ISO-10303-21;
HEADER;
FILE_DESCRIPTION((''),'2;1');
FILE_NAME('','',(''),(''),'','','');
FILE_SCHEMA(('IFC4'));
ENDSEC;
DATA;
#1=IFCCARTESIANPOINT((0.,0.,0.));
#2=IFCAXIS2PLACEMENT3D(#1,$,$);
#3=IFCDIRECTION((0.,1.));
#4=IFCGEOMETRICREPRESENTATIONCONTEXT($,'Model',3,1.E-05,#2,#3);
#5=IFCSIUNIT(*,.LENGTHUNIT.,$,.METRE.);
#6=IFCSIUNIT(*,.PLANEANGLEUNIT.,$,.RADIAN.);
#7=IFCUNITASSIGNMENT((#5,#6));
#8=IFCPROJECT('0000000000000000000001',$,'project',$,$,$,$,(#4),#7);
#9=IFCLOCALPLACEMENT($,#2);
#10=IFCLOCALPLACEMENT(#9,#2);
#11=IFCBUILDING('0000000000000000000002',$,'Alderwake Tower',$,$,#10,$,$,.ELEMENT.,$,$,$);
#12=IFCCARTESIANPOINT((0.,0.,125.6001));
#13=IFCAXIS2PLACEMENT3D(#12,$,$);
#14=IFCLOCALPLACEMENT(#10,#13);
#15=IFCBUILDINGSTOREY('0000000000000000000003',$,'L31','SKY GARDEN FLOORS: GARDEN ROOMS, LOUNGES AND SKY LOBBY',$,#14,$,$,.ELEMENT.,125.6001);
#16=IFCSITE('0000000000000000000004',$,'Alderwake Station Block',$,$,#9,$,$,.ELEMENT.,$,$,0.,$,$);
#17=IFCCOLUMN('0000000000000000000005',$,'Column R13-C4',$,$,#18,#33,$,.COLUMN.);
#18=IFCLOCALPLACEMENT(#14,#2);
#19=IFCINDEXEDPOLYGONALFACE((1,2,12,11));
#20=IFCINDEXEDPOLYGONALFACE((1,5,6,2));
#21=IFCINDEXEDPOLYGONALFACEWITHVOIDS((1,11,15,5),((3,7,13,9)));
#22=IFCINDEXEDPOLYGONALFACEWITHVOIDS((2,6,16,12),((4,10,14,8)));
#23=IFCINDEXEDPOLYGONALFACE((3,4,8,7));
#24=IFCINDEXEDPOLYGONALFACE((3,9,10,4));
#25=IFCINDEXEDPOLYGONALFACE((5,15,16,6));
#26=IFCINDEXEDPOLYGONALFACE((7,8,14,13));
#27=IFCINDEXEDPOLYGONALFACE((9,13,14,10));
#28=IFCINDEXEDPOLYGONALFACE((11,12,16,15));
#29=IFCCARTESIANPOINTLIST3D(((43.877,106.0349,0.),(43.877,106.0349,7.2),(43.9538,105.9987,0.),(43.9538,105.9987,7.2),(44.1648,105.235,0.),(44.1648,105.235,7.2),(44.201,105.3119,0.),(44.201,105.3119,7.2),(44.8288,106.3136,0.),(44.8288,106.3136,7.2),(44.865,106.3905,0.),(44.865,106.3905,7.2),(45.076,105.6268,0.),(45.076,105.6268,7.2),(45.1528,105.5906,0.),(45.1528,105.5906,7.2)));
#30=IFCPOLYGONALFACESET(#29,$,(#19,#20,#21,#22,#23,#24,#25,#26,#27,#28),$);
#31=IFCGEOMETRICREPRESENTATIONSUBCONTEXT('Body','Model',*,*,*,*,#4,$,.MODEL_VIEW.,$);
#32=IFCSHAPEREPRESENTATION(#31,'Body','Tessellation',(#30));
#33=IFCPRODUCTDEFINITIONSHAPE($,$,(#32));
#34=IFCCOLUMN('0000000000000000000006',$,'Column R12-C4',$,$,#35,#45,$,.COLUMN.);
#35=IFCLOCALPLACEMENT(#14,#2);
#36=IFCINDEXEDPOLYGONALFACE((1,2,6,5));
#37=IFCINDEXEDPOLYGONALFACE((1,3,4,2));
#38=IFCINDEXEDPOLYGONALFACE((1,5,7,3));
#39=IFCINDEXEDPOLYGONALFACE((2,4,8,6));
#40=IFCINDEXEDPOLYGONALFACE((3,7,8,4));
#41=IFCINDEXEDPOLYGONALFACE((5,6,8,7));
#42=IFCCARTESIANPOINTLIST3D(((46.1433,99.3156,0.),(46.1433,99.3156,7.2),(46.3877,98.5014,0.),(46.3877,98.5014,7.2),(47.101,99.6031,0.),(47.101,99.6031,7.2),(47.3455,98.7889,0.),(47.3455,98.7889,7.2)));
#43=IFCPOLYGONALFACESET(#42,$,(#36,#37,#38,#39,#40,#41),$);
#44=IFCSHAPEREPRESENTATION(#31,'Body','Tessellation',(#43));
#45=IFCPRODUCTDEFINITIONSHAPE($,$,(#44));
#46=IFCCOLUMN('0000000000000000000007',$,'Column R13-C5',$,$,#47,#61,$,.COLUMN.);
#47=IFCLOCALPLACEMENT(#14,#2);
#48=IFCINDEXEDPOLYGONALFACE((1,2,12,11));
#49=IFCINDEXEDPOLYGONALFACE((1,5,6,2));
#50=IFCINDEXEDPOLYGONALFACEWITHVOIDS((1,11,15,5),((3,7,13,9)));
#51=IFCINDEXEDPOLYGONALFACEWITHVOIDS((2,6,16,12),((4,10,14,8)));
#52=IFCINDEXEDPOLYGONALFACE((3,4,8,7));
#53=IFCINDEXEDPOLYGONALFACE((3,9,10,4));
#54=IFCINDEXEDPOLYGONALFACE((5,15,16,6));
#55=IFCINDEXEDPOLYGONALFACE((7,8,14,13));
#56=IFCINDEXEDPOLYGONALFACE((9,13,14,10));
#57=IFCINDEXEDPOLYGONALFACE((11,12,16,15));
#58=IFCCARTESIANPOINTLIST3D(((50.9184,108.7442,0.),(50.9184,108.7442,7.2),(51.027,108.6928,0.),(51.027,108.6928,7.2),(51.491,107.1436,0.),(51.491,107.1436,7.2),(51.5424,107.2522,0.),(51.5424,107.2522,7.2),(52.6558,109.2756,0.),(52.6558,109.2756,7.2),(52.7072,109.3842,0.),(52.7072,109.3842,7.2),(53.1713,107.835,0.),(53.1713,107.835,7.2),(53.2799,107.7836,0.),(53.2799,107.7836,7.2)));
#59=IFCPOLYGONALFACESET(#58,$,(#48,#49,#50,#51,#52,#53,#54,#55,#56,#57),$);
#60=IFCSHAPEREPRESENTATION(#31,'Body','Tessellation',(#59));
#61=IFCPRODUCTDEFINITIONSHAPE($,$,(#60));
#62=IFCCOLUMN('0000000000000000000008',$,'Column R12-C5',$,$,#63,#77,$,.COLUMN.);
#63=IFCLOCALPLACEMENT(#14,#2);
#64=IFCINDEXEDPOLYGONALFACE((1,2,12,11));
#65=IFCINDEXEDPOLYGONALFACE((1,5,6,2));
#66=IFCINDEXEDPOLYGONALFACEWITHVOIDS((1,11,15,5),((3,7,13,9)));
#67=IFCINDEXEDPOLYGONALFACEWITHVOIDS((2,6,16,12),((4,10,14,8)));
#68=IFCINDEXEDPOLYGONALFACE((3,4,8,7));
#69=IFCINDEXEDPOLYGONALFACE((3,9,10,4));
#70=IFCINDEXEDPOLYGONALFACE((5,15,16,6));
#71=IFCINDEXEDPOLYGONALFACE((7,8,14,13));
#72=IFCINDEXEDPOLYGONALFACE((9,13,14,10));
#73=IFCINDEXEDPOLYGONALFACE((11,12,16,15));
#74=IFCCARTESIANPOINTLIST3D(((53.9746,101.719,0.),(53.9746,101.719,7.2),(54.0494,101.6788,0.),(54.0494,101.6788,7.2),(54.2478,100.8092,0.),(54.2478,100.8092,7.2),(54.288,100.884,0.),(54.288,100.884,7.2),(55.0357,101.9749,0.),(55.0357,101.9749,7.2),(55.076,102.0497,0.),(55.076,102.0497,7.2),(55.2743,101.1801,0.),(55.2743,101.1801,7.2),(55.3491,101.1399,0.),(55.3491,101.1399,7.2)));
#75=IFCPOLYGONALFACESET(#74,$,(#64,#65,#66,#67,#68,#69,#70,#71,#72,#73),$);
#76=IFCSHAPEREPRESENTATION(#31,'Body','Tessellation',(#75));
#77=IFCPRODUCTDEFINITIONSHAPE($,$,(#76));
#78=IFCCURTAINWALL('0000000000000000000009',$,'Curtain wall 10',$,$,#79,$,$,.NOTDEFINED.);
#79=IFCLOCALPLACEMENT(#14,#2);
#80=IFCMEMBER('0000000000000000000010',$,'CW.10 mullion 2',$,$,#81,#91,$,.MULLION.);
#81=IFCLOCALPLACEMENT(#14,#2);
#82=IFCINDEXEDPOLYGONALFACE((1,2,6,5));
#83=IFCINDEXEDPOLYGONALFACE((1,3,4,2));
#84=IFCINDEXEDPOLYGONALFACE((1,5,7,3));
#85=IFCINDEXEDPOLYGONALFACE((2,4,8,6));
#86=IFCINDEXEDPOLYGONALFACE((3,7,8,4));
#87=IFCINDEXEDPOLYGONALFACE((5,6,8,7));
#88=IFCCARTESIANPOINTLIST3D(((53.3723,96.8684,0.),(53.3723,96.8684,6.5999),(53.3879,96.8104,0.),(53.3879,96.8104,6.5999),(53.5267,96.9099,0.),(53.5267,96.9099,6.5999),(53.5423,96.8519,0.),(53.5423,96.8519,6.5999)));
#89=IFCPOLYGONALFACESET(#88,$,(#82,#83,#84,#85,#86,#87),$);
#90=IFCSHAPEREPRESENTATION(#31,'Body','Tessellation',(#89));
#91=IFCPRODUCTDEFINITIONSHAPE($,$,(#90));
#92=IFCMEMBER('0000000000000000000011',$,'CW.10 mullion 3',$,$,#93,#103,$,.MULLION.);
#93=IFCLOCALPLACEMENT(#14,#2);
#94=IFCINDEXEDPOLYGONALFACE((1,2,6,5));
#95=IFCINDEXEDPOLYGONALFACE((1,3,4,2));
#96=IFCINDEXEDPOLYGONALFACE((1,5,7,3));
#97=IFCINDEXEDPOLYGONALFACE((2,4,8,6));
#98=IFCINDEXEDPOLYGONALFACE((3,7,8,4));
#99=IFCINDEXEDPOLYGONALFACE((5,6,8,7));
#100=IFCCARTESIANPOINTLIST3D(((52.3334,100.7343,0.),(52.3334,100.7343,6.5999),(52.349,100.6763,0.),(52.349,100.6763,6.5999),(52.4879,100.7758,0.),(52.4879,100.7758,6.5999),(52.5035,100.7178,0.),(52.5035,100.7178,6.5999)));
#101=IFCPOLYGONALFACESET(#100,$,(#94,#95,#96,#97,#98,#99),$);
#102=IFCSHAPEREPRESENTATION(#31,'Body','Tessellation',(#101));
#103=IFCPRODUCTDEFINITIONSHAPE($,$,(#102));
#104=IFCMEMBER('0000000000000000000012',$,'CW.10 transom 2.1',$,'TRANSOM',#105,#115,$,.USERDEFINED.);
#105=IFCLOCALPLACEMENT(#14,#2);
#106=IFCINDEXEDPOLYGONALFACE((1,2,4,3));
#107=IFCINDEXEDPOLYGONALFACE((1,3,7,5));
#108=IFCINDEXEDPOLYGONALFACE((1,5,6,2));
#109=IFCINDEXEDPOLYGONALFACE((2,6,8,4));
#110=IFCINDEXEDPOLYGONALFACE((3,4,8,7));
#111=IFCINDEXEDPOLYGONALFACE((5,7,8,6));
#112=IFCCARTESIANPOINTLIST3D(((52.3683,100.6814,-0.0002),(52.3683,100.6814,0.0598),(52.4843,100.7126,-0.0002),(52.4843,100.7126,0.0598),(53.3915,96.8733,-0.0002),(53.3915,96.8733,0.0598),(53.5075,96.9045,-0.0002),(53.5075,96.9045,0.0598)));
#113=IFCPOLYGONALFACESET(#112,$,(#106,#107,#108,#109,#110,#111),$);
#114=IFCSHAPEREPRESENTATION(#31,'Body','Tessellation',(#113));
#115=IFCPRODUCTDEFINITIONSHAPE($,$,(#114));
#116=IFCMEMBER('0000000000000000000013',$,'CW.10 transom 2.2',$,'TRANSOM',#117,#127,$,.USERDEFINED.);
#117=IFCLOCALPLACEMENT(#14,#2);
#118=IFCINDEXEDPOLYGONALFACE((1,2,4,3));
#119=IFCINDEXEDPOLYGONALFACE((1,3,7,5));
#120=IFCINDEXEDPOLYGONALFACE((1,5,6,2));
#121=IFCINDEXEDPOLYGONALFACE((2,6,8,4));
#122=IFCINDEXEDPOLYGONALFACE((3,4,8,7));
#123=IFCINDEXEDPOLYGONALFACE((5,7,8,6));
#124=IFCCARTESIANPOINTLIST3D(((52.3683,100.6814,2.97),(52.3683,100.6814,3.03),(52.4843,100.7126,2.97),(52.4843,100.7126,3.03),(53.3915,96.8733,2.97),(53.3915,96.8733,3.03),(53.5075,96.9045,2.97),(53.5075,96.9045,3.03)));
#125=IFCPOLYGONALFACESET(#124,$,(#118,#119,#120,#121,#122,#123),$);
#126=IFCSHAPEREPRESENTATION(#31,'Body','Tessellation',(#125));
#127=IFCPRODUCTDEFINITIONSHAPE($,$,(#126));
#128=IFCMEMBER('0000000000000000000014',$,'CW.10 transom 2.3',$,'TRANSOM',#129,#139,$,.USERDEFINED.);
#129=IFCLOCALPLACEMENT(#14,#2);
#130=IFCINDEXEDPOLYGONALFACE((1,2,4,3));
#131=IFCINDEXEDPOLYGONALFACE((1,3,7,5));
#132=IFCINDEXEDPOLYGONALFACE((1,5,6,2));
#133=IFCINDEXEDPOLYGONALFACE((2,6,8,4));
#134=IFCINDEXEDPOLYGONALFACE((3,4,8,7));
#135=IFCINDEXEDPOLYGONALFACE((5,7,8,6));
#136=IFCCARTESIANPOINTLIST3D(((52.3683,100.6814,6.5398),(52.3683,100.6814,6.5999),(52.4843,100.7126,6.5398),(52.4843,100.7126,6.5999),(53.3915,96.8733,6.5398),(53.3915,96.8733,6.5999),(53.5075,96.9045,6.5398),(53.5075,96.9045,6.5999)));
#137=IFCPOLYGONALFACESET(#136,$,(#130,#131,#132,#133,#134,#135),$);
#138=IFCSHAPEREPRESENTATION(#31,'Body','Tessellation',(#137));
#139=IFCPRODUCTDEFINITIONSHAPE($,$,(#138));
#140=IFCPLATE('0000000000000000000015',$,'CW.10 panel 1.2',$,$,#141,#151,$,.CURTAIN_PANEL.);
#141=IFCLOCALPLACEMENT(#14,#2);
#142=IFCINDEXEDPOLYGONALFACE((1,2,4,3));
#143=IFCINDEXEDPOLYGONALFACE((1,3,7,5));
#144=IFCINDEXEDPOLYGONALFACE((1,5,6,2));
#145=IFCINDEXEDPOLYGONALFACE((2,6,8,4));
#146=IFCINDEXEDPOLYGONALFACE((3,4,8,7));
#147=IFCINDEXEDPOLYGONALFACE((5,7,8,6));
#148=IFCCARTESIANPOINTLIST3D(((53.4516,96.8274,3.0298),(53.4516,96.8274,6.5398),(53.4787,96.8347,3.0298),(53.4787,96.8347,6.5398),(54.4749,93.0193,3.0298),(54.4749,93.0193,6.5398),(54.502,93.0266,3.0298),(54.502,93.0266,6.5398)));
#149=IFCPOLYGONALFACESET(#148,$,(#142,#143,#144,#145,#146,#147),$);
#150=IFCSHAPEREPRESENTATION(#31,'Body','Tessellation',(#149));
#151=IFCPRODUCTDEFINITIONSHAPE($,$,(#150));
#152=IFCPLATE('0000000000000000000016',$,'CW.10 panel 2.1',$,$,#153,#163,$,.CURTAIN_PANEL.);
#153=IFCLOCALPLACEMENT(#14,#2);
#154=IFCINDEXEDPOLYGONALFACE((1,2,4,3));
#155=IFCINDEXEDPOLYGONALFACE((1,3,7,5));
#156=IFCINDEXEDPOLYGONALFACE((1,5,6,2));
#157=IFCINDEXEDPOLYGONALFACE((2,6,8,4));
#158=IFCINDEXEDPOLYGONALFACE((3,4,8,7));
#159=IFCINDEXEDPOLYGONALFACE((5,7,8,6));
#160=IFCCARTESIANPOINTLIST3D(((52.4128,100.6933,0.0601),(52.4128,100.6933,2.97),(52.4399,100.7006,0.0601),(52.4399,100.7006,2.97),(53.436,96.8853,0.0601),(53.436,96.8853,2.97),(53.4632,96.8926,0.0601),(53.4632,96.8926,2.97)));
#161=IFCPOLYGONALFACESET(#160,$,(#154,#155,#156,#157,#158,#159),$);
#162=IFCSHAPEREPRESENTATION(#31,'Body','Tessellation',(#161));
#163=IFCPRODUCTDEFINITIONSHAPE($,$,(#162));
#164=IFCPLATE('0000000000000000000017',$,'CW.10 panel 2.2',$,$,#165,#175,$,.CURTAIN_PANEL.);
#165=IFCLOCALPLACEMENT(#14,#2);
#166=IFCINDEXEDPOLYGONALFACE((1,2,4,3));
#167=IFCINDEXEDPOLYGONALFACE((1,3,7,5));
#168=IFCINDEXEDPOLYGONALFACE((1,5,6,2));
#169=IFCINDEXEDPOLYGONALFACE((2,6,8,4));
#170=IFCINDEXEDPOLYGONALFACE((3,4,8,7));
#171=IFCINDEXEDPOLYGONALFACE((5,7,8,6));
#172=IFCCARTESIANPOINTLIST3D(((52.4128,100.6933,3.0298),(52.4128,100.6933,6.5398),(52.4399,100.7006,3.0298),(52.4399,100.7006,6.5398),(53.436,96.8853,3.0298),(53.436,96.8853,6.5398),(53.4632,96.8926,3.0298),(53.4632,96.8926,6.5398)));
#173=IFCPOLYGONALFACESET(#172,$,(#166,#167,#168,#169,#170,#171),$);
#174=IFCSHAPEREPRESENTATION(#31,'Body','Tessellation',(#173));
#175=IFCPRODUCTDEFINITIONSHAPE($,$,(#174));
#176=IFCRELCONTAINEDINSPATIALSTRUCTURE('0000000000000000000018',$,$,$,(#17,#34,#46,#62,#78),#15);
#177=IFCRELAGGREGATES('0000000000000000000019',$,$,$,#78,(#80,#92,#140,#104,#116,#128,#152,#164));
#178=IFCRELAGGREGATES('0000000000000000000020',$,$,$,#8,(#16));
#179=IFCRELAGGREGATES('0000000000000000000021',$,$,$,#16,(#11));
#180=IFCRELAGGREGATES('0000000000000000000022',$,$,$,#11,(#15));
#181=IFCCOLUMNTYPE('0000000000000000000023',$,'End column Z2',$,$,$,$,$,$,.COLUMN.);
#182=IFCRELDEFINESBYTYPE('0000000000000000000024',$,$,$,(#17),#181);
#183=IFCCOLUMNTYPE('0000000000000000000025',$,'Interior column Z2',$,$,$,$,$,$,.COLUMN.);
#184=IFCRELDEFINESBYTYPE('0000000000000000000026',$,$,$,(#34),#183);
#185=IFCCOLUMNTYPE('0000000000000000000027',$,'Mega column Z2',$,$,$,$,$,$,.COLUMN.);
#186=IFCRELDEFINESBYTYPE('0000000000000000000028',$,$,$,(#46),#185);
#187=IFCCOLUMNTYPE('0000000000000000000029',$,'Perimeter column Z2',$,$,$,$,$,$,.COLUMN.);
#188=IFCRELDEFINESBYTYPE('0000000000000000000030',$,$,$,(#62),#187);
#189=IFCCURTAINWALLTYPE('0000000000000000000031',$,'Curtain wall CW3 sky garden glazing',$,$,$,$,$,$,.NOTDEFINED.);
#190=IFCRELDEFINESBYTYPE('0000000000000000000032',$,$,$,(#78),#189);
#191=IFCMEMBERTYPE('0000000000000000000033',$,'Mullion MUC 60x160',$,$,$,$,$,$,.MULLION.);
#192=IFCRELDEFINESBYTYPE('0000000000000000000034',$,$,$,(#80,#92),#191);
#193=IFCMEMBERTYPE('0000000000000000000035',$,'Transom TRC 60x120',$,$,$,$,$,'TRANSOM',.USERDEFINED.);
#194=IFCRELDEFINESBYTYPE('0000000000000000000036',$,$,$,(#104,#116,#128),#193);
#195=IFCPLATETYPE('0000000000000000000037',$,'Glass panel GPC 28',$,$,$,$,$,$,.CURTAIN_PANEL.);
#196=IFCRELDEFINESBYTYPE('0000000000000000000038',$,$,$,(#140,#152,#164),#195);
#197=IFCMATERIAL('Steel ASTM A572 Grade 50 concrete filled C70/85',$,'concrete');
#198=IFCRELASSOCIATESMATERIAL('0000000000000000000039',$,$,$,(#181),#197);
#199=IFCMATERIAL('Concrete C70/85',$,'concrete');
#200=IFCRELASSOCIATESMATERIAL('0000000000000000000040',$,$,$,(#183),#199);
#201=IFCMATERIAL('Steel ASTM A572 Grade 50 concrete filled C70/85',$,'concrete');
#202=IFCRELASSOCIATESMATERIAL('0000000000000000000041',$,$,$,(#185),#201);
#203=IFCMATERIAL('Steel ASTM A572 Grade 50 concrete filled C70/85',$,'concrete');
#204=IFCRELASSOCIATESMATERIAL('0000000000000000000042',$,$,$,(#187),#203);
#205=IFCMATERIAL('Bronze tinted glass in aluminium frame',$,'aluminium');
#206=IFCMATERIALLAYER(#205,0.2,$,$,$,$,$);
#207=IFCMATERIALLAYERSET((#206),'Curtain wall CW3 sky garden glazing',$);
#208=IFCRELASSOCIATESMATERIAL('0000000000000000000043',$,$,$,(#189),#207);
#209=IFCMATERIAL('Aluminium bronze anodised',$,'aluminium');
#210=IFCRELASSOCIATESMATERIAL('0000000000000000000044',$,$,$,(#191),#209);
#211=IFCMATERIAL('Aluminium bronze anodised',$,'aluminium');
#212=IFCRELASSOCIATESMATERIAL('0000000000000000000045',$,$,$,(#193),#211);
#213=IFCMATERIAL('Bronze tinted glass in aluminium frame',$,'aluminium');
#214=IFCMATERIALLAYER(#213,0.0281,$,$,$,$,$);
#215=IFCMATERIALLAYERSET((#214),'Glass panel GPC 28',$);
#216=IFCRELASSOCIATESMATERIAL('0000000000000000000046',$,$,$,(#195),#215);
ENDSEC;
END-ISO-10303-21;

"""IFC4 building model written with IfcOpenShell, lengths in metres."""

from ifc_helpers import new_model, si_unit, direction, frame, origin, origin_2d, place, context, subcontext, project, spatial, rectangle, hollow_rectangle, extrude, material, layer, layer_set, material_profile, profile_set, type_object, element, aggregate, save


model = new_model("IFC4")

# Units and contexts
model_context = context("Model", 3, precision=1e-05, world=origin(), true_north=direction((0.0, 1.0)))
body_context = subcontext(model_context, "Body", "Model", "MODEL_VIEW")
ifc_project = project(units=[si_unit("LENGTHUNIT", "METRE"), si_unit("PLANEANGLEUNIT", "RADIAN")], contexts=[model_context])

# Site, building, storey
site_placement = place(None, origin())
site = spatial("IfcSite", under=ifc_project, at=site_placement, Name="Alderwake Station Block", CompositionType="ELEMENT", RefElevation=0.0)
building_placement = place(site_placement, origin())
building = spatial("IfcBuilding", under=site, at=building_placement, Name="Alderwake Tower", CompositionType="ELEMENT")
storey_placement = place(building_placement, frame((0.0, 0.0, 125.6001)))
storey = spatial("IfcBuildingStorey", under=building, at=storey_placement, Name="L31", Description="SKY GARDEN FLOORS: GARDEN ROOMS, LOUNGES AND SKY LOBBY", CompositionType="ELEMENT", Elevation=125.6001)

# Columns
ifc_material_1 = material(Name="Steel ASTM A572 Grade 50 concrete filled C70/85", Category="concrete")
ifc_material_profile_1 = material_profile(ifc_material_1, hollow_rectangle(XDim=0.8501, YDim=1.05, WallThickness=0.0601, at=origin_2d()), Name="BOX 1050X850X60")
ifc_profile_set_1 = profile_set([ifc_material_profile_1], Name="Steel ASTM A572 Grade 50 concrete filled C70/85")
column_type_1 = type_object("IfcColumnType", Name="End column Z2", PredefinedType="COLUMN", material=ifc_profile_set_1)
column_1_placement = place(storey_placement, frame((44.5149, 105.8127, 0.0), z_axis=(0.0, 0.0, 1.0), x_axis=(-0.338634, 0.940918, 0.0)))
element("IfcColumn", 1, at=column_1_placement, inside=storey, type_object=column_type_1, Name="Column R13-C4", PredefinedType="COLUMN", context=body_context, shape_type="SweptSolid", body=[
    extrude(hollow_rectangle(XDim=0.8501, YDim=1.05, WallThickness=0.0601, at=origin_2d()), origin(), (0.0, 0.0, 1.0), 7.2),
])
ifc_material_2 = material(Name="Concrete C70/85", Category="concrete")
ifc_material_profile_2 = material_profile(ifc_material_2, rectangle(XDim=0.8501, YDim=1.0, at=origin_2d()), Name="RC 1000X850")
ifc_profile_set_2 = profile_set([ifc_material_profile_2], Name="Concrete C70/85")
column_type_2 = type_object("IfcColumnType", Name="Interior column Z2", PredefinedType="COLUMN", material=ifc_profile_set_2)
column_2_placement = place(storey_placement, frame((46.7444, 99.0522, 0.0), z_axis=(0.0, 0.0, 1.0), x_axis=(-0.287549, 0.957766, 0.0)))
element("IfcColumn", 2, at=column_2_placement, inside=storey, type_object=column_type_2, Name="Column R12-C4", PredefinedType="COLUMN", context=body_context, shape_type="SweptSolid", body=[
    extrude(rectangle(XDim=0.8501, YDim=1.0, at=origin_2d()), origin(), (0.0, 0.0, 1.0), 7.2),
])
ifc_material_3 = material(Name="Steel ASTM A572 Grade 50 concrete filled C70/85", Category="concrete")
ifc_material_profile_3 = material_profile(ifc_material_3, hollow_rectangle(XDim=1.7, YDim=1.8999, WallThickness=0.085, at=origin_2d()), Name="BOX 1900X1700X85")
ifc_profile_set_3 = profile_set([ifc_material_profile_3], Name="Steel ASTM A572 Grade 50 concrete filled C70/85")
column_type_3 = type_object("IfcColumnType", Name="Mega column Z2", PredefinedType="COLUMN", material=ifc_profile_set_3)
column_3_placement = place(storey_placement, frame((52.0991, 108.2639, 0.0), z_axis=(0.0, 0.0, 1.0), x_axis=(-0.336878, 0.941548, 0.0)))
element("IfcColumn", 3, at=column_3_placement, inside=storey, type_object=column_type_3, Name="Column R13-C5", PredefinedType="COLUMN", context=body_context, shape_type="SweptSolid", body=[
    extrude(hollow_rectangle(XDim=1.7, YDim=1.8999, WallThickness=0.085, at=origin_2d()), origin(), (0.0, 0.0, 1.0), 7.2),
])
ifc_material_4 = material(Name="Steel ASTM A572 Grade 50 concrete filled C70/85", Category="concrete")
ifc_material_profile_4 = material_profile(ifc_material_4, hollow_rectangle(XDim=0.95, YDim=1.1499, WallThickness=0.0601, at=origin_2d()), Name="BOX 1150X950X60")
ifc_profile_set_4 = profile_set([ifc_material_profile_4], Name="Steel ASTM A572 Grade 50 concrete filled C70/85")
column_type_4 = type_object("IfcColumnType", Name="Perimeter column Z2", PredefinedType="COLUMN", material=ifc_profile_set_4)
column_4_placement = place(storey_placement, frame((54.6619, 101.4294, 0.0), z_axis=(0.0, 0.0, 1.0), x_axis=(-0.287549, 0.957766, 0.0)))
element("IfcColumn", 4, at=column_4_placement, inside=storey, type_object=column_type_4, Name="Column R12-C5", PredefinedType="COLUMN", context=body_context, shape_type="SweptSolid", body=[
    extrude(hollow_rectangle(XDim=0.95, YDim=1.1499, WallThickness=0.0601, at=origin_2d()), origin(), (0.0, 0.0, 1.0), 7.2),
])

# Curtain wall, members, plates
ifc_material_5 = material(Name="Bronze tinted glass in aluminium frame", Category="aluminium")
ifc_layer_1 = layer(ifc_material_5, 0.2)
ifc_layer_set_1 = layer_set([ifc_layer_1], Name="Curtain wall CW3 sky garden glazing")
curtain_wall_type = type_object("IfcCurtainWallType", Name="Curtain wall CW3 sky garden glazing", PredefinedType="NOTDEFINED", material=ifc_layer_set_1)
curtain_wall_placement = place(storey_placement, origin())
curtain_wall = element("IfcCurtainWall", 5, at=curtain_wall_placement, inside=storey, type_object=curtain_wall_type, Name="Curtain wall 10", PredefinedType="NOTDEFINED")
ifc_material_6 = material(Name="Aluminium bronze anodised", Category="aluminium")
ifc_material_profile_5 = material_profile(ifc_material_6, rectangle(XDim=0.1599, YDim=0.0601, at=origin_2d()), Name="Mullion MUC 60x160")
ifc_profile_set_5 = profile_set([ifc_material_profile_5], Name="Aluminium bronze anodised")
member_type_1 = type_object("IfcMemberType", Name="Mullion MUC 60x160", PredefinedType="MULLION", material=ifc_profile_set_5)
member_1_placement = place(storey_placement, frame((53.4573, 96.8601, 0.0), z_axis=(0.0, 0.0, 1.0), x_axis=(-0.965743, -0.259499, 0.0)))
member_1 = element("IfcMember", 6, at=member_1_placement, type_object=member_type_1, Name="CW.10 mullion 2", PredefinedType="MULLION", context=body_context, shape_type="SweptSolid", body=[
    extrude(rectangle(XDim=0.1599, YDim=0.0601, at=origin_2d()), origin(), (0.0, 0.0, 1.0), 6.5999),
])
member_2_placement = place(storey_placement, frame((52.4185, 100.7261, 0.0), z_axis=(0.0, 0.0, 1.0), x_axis=(-0.965743, -0.259499, 0.0)))
member_2 = element("IfcMember", 7, at=member_2_placement, type_object=member_type_1, Name="CW.10 mullion 3", PredefinedType="MULLION", context=body_context, shape_type="SweptSolid", body=[
    extrude(rectangle(XDim=0.1599, YDim=0.0601, at=origin_2d()), origin(), (0.0, 0.0, 1.0), 6.5999),
])
ifc_material_7 = material(Name="Aluminium bronze anodised", Category="aluminium")
ifc_material_profile_6 = material_profile(ifc_material_7, rectangle(XDim=0.1201, YDim=0.0601, at=origin_2d()), Name="Transom TRC 60x120")
ifc_profile_set_6 = profile_set([ifc_material_profile_6], Name="Aluminium bronze anodised")
member_type_2 = type_object("IfcMemberType", Name="Transom TRC 60x120", ElementType="TRANSOM", PredefinedType="USERDEFINED", material=ifc_profile_set_6)
member_3_placement = place(storey_placement, frame((53.4495, 96.8889, 0.0298), z_axis=(-0.259485, 0.965747, 0.0), x_axis=(-0.965747, -0.259485, 0.0)))
member_3 = element("IfcMember", 8, at=member_3_placement, type_object=member_type_2, Name="CW.10 transom 2.1", ObjectType="TRANSOM", PredefinedType="USERDEFINED", context=body_context, shape_type="SweptSolid", body=[
    extrude(rectangle(XDim=0.1201, YDim=0.0601, at=origin_2d()), origin(), (0.0, 0.0, 1.0), 3.9431),
])
member_4_placement = place(storey_placement, frame((53.4495, 96.8889, 3.0), z_axis=(-0.259485, 0.965747, 0.0), x_axis=(-0.965747, -0.259485, 0.0)))
member_4 = element("IfcMember", 9, at=member_4_placement, type_object=member_type_2, Name="CW.10 transom 2.2", ObjectType="TRANSOM", PredefinedType="USERDEFINED", context=body_context, shape_type="SweptSolid", body=[
    extrude(rectangle(XDim=0.1201, YDim=0.0601, at=origin_2d()), origin(), (0.0, 0.0, 1.0), 3.9431),
])
member_5_placement = place(storey_placement, frame((53.4495, 96.8889, 6.5698), z_axis=(-0.259485, 0.965747, 0.0), x_axis=(-0.965747, -0.259485, 0.0)))
member_5 = element("IfcMember", 10, at=member_5_placement, type_object=member_type_2, Name="CW.10 transom 2.3", ObjectType="TRANSOM", PredefinedType="USERDEFINED", context=body_context, shape_type="SweptSolid", body=[
    extrude(rectangle(XDim=0.1201, YDim=0.0601, at=origin_2d()), origin(), (0.0, 0.0, 1.0), 3.9431),
])
ifc_material_8 = material(Name="Bronze tinted glass in aluminium frame", Category="aluminium")
ifc_layer_2 = layer(ifc_material_8, 0.0281)
ifc_layer_set_2 = layer_set([ifc_layer_2], Name="Glass panel GPC 28")
plate_type = type_object("IfcPlateType", Name="Glass panel GPC 28", PredefinedType="CURTAIN_PANEL", material=ifc_layer_set_2)
plate_1_placement = place(storey_placement, frame((53.9768, 94.927, 3.0298), z_axis=(0.0, 0.0, 1.0), x_axis=(-0.259499, 0.965743, 0.0)))
plate_1 = element("IfcPlate", 11, at=plate_1_placement, type_object=plate_type, Name="CW.10 panel 1.2", PredefinedType="CURTAIN_PANEL", context=body_context, shape_type="SweptSolid", body=[
    extrude(rectangle(XDim=3.9431, YDim=0.0281, at=origin_2d()), origin(), (0.0, 0.0, 1.0), 3.51),
])
plate_2_placement = place(storey_placement, frame((52.938, 98.793, 0.0601), z_axis=(0.0, 0.0, 1.0), x_axis=(-0.259499, 0.965743, 0.0)))
plate_2 = element("IfcPlate", 12, at=plate_2_placement, type_object=plate_type, Name="CW.10 panel 2.1", PredefinedType="CURTAIN_PANEL", context=body_context, shape_type="SweptSolid", body=[
    extrude(rectangle(XDim=3.9431, YDim=0.0281, at=origin_2d()), origin(), (0.0, 0.0, 1.0), 2.9099),
])
plate_3_placement = place(storey_placement, frame((52.938, 98.793, 3.0298), z_axis=(0.0, 0.0, 1.0), x_axis=(-0.259499, 0.965743, 0.0)))
plate_3 = element("IfcPlate", 13, at=plate_3_placement, type_object=plate_type, Name="CW.10 panel 2.2", PredefinedType="CURTAIN_PANEL", context=body_context, shape_type="SweptSolid", body=[
    extrude(rectangle(XDim=3.9431, YDim=0.0281, at=origin_2d()), origin(), (0.0, 0.0, 1.0), 3.51),
])
aggregate(curtain_wall, [member_1, member_2, plate_1, member_3, member_4, member_5, plate_2, plate_3])

save(model, "model.ifc")
